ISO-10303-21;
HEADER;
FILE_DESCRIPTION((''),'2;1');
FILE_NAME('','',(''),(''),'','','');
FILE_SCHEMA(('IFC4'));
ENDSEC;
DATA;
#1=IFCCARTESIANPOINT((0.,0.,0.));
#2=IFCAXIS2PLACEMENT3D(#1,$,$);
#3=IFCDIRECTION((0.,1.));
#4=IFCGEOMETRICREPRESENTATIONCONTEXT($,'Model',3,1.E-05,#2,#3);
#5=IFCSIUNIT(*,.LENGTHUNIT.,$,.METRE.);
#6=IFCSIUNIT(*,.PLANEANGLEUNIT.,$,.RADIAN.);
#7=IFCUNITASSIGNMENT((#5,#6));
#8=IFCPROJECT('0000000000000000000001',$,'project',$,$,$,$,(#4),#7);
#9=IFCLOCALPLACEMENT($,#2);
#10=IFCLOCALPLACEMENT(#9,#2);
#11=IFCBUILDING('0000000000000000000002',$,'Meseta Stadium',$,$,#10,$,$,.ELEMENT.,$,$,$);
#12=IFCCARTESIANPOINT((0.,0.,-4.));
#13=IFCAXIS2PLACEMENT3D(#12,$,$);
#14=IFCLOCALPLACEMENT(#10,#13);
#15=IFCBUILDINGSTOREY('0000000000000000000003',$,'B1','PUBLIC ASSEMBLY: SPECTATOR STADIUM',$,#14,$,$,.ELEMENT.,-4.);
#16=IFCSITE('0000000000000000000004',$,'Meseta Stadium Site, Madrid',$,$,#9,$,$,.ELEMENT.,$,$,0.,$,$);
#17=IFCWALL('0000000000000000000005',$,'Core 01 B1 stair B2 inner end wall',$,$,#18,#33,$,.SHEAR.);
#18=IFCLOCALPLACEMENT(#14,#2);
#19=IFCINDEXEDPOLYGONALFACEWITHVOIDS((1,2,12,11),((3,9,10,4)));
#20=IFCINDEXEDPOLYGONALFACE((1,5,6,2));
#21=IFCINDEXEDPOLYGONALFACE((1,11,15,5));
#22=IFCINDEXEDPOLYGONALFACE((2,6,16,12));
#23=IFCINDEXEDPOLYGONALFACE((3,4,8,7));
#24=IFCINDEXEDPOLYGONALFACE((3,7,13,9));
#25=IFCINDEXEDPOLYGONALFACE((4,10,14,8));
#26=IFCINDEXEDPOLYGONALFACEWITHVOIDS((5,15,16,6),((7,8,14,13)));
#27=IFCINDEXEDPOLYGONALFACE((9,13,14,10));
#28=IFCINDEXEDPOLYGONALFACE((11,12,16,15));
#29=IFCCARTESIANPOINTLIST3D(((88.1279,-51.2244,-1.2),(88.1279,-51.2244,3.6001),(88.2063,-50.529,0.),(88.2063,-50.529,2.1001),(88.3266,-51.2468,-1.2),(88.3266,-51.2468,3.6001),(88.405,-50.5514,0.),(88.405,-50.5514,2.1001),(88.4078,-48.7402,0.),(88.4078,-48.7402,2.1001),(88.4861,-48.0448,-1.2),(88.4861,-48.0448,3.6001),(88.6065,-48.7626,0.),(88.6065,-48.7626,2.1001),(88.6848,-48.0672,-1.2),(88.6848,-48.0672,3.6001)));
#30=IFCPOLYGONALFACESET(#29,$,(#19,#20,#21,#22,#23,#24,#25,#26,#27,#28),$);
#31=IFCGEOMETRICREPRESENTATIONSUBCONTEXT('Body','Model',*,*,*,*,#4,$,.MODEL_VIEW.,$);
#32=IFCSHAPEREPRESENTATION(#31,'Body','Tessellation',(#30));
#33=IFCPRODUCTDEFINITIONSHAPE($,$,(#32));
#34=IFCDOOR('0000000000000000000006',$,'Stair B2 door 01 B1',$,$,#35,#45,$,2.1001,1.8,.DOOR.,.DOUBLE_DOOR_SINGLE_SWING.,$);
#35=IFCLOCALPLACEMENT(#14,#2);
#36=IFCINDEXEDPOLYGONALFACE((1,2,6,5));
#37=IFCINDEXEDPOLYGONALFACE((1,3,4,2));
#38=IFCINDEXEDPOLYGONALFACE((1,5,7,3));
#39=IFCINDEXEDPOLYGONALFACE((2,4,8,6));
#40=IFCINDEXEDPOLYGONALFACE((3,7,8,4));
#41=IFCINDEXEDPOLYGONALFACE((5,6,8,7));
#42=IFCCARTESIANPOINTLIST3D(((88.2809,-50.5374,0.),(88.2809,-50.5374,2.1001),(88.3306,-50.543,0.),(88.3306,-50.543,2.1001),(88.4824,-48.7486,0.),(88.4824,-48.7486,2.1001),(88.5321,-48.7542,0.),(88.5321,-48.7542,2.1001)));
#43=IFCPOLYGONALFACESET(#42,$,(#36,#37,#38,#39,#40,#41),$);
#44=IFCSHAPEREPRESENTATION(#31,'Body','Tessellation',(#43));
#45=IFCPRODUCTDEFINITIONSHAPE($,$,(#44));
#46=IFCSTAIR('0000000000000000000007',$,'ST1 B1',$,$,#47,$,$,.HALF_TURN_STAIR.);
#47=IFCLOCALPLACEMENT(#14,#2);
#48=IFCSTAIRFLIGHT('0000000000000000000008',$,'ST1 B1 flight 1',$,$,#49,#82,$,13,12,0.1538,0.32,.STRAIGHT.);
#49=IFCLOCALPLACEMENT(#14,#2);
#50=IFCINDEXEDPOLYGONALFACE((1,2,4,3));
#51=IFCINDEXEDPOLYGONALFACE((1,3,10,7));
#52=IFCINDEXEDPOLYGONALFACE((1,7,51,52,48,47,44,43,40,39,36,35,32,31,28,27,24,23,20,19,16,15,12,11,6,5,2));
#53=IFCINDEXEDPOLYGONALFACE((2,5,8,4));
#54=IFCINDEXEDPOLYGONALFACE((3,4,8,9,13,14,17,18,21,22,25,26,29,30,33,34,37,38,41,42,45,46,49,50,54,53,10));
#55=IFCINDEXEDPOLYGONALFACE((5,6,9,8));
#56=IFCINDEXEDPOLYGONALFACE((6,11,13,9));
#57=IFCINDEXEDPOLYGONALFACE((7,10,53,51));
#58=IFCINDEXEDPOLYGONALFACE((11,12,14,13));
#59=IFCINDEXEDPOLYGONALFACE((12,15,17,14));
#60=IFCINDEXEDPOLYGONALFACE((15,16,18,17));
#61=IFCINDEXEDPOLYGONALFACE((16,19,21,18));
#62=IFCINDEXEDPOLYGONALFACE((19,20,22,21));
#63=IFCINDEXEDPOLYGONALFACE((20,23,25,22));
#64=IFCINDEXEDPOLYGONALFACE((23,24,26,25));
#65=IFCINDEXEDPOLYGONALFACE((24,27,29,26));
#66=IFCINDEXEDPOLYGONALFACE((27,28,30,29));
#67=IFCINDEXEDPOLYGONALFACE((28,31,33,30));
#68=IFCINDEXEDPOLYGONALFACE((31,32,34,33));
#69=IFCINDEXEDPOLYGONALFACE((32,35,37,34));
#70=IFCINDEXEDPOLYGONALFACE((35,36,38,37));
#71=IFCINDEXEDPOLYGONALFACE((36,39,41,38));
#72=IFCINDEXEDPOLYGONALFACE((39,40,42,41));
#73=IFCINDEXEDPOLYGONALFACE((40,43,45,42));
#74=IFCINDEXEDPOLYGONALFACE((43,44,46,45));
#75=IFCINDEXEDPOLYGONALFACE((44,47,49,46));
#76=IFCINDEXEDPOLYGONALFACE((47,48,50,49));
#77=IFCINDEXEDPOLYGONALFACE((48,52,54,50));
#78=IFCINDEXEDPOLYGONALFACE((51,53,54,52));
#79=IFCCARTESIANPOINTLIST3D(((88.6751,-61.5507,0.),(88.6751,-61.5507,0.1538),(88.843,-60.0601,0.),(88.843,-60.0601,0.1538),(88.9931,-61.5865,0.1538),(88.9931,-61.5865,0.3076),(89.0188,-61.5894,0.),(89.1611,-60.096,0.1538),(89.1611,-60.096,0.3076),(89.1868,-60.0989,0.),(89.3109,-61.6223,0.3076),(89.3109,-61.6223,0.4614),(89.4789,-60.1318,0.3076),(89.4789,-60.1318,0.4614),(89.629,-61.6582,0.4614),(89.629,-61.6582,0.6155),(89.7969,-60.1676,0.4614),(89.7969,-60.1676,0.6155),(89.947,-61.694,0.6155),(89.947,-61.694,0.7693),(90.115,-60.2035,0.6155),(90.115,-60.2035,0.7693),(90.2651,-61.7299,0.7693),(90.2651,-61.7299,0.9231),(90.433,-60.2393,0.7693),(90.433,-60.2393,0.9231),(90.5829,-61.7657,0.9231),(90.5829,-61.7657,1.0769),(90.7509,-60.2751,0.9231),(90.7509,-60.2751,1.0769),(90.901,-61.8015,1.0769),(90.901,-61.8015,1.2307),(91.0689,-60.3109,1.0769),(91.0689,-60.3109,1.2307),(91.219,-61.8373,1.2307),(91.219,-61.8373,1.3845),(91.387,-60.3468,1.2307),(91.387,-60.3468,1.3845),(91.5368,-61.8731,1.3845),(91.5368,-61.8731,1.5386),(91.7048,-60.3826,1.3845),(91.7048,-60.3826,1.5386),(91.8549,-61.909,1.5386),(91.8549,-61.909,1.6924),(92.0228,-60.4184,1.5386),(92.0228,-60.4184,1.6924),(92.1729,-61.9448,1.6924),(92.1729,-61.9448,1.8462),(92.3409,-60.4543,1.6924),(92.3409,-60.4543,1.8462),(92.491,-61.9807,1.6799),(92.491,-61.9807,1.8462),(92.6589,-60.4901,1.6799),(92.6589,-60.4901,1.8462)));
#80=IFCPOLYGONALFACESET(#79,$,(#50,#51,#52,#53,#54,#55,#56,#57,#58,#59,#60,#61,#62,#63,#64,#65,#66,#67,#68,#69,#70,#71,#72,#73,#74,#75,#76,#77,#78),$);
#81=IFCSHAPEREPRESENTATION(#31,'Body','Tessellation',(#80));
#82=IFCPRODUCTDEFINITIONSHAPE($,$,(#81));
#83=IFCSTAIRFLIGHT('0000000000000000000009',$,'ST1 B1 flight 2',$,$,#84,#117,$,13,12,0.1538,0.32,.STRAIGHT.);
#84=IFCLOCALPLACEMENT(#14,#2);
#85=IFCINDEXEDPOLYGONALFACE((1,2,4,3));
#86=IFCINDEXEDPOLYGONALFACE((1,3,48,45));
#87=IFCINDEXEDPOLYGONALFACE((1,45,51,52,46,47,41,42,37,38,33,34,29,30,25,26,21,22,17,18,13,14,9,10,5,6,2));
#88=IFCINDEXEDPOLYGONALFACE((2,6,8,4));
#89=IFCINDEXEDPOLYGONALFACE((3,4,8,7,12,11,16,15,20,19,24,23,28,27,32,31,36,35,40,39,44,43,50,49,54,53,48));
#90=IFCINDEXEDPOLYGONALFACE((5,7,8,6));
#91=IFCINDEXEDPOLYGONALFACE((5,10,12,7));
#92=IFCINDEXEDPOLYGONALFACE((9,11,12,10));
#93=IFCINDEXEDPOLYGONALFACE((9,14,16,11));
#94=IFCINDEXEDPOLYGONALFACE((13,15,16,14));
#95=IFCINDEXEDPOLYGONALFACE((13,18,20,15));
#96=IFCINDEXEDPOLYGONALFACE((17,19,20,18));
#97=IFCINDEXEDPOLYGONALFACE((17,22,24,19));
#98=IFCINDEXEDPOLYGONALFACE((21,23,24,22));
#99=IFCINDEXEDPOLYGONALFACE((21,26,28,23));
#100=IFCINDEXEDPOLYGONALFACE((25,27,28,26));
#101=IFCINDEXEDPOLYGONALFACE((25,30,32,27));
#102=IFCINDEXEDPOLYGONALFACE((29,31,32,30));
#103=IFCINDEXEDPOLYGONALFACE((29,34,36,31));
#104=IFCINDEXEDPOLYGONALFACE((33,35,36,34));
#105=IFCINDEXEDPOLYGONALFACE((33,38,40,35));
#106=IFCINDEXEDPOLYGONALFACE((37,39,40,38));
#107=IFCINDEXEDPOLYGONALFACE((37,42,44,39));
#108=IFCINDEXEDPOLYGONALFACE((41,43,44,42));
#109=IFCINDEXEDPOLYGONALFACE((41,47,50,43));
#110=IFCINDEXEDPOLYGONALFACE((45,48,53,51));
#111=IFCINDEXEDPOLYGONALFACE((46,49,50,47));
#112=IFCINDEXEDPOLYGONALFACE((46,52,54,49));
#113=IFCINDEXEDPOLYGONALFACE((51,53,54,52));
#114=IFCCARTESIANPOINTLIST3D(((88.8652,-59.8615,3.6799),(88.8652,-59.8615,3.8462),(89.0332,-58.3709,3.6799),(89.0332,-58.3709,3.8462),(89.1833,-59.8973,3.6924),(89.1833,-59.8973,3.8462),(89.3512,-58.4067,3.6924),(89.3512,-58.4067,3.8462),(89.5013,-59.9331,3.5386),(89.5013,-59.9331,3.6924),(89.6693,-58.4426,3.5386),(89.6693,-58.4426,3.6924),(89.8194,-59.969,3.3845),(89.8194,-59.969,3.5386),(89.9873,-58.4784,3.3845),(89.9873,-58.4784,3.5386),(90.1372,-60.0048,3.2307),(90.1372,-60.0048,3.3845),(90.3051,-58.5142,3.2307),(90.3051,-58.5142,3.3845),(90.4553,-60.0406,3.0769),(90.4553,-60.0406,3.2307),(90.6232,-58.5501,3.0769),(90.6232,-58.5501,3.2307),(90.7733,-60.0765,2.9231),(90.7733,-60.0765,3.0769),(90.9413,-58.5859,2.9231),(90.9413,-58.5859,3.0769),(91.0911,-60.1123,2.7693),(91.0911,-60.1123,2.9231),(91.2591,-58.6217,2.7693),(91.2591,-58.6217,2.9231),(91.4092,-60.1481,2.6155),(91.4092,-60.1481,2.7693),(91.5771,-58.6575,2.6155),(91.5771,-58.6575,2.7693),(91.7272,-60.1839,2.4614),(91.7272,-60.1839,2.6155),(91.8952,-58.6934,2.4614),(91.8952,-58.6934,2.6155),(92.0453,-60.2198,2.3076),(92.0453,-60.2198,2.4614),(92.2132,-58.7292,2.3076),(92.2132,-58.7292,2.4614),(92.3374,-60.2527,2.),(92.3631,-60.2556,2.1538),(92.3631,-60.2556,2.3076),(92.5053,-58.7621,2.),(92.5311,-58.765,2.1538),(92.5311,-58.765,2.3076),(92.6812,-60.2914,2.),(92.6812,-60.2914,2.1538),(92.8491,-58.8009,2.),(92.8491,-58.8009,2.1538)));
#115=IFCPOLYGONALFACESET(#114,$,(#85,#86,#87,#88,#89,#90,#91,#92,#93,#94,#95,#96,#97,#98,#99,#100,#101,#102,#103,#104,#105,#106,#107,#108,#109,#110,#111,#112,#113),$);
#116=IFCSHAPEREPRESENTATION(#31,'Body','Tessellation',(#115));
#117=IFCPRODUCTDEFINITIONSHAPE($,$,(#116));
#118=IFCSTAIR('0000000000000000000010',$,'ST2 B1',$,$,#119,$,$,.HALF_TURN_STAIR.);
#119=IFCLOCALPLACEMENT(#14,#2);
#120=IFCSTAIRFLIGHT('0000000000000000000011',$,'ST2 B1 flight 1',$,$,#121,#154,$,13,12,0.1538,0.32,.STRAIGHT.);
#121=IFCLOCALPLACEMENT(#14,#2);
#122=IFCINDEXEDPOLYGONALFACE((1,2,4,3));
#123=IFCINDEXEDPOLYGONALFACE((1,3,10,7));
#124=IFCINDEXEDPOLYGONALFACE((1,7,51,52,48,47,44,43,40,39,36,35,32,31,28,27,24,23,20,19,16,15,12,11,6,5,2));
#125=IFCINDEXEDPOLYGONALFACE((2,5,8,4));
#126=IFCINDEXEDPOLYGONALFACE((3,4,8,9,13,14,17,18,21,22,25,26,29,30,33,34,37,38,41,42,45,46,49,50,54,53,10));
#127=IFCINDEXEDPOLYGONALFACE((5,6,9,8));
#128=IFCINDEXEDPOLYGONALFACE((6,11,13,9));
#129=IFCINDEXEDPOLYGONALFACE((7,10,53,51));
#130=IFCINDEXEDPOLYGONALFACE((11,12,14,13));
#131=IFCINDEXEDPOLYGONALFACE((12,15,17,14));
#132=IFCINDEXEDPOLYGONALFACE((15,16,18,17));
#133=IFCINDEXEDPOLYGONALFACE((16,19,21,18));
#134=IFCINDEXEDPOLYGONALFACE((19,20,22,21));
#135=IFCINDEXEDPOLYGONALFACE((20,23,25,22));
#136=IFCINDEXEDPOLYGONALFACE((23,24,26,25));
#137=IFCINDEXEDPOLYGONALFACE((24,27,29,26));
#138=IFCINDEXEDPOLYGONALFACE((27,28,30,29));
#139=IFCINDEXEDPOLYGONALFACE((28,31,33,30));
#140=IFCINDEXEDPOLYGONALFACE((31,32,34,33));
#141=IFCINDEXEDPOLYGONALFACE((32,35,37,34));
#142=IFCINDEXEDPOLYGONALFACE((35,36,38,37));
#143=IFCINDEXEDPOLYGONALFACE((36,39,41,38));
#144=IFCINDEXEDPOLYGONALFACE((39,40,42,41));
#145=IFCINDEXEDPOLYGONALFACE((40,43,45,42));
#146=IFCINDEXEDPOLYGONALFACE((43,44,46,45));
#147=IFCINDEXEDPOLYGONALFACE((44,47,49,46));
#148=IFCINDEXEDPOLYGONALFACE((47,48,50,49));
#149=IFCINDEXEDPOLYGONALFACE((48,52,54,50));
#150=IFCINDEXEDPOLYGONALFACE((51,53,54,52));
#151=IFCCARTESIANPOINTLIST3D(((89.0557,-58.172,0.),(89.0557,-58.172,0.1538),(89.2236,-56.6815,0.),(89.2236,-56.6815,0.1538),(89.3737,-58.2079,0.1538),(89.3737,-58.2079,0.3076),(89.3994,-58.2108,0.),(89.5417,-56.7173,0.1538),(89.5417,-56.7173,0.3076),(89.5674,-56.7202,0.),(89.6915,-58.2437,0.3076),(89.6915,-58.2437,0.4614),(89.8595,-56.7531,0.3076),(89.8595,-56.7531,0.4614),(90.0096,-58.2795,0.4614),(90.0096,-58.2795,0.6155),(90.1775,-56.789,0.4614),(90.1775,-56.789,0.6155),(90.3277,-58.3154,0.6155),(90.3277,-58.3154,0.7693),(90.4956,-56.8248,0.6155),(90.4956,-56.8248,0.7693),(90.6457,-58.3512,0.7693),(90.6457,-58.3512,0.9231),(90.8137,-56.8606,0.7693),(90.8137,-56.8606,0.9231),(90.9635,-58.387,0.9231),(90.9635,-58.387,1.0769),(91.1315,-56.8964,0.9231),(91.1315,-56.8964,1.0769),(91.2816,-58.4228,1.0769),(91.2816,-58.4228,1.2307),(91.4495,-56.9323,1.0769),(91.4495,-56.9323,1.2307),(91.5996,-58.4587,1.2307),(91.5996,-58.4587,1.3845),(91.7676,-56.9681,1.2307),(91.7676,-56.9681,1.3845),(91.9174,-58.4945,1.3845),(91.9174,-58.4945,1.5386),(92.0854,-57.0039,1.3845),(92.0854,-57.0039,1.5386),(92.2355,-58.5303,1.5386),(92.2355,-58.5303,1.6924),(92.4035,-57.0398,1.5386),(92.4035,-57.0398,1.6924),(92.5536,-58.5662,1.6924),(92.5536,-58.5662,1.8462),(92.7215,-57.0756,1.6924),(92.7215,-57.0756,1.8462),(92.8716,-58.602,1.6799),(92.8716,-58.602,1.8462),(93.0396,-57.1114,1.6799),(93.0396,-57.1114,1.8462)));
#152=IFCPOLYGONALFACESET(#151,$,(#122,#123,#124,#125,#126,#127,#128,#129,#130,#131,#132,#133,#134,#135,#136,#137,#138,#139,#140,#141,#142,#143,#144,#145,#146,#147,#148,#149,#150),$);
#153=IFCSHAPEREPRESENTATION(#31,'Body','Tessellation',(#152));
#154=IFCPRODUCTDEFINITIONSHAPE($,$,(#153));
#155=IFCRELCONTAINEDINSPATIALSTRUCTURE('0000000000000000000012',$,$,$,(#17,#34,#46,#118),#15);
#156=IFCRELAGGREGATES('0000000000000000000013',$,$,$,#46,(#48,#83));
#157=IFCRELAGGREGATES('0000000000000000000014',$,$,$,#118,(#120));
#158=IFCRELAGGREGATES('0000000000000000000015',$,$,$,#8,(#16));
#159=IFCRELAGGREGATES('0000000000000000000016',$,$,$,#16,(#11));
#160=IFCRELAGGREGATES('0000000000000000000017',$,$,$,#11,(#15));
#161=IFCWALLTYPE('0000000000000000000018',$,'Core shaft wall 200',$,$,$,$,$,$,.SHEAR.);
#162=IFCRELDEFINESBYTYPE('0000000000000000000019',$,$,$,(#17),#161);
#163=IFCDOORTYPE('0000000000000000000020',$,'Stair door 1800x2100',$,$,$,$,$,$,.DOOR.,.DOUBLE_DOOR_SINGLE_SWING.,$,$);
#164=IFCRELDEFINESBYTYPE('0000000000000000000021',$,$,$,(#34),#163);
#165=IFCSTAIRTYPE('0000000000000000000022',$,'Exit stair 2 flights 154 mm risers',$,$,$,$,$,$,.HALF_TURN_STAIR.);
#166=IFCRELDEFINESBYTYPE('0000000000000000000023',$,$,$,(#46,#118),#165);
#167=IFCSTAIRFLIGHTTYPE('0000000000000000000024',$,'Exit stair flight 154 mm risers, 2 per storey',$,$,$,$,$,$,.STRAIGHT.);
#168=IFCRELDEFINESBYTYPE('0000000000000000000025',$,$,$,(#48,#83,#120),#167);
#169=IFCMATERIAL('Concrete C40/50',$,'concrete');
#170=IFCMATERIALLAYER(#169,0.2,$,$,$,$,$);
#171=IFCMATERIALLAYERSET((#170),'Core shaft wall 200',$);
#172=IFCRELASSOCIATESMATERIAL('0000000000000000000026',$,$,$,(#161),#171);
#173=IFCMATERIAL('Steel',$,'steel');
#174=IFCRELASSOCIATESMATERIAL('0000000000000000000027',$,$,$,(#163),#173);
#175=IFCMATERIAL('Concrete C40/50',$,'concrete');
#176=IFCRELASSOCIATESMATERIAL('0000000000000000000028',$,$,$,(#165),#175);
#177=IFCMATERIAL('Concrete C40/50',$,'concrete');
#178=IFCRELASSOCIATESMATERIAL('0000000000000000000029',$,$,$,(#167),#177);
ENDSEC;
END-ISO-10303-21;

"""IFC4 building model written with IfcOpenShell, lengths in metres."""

from ifc_helpers import new_model, si_unit, direction, frame, frame_2d, origin, place, context, subcontext, project, spatial, polyline, rectangle, outline, extrude, material, layer, layer_set, type_object, element, fill, aggregate, save


model = new_model("IFC4")

# Units and contexts
model_context = context("Model", 3, precision=1e-05, world=origin(), true_north=direction((0.0, 1.0)))
body_context = subcontext(model_context, "Body", "Model", "MODEL_VIEW")
ifc_project = project(units=[si_unit("LENGTHUNIT", "METRE"), si_unit("PLANEANGLEUNIT", "RADIAN")], contexts=[model_context])

# Site, building, storey
site_placement = place(None, origin())
site = spatial("IfcSite", under=ifc_project, at=site_placement, Name="Meseta Stadium Site, Madrid", CompositionType="ELEMENT", RefElevation=0.0)
building_placement = place(site_placement, origin())
building = spatial("IfcBuilding", under=site, at=building_placement, Name="Meseta Stadium", CompositionType="ELEMENT")
storey_placement = place(building_placement, frame((0.0, 0.0, -4.0)))
storey = spatial("IfcBuildingStorey", under=building, at=storey_placement, Name="B1", Description="PUBLIC ASSEMBLY: SPECTATOR STADIUM", CompositionType="ELEMENT", Elevation=-4.0)

# Wall, opening, door
ifc_material_1 = material(Name="Concrete C40/50", Category="concrete")
ifc_layer = layer(ifc_material_1, 0.2)
ifc_layer_set = layer_set([ifc_layer], Name="Core shaft wall 200")
wall_type = type_object("IfcWallType", Name="Core shaft wall 200", PredefinedType="SHEAR", material=ifc_layer_set)
wall_placement = place(storey_placement, frame((88.2273, -51.2356, -1.2), z_axis=(0.0, 0.0, 1.0), x_axis=(0.11193, 0.993716, 0.0)))
wall = element("IfcWall", 1, at=wall_placement, inside=storey, type_object=wall_type, Name="Core 01 B1 stair B2 inner end wall", PredefinedType="SHEAR", context=body_context, shape_type="SweptSolid", body=[
    extrude(rectangle(XDim=3.1997, YDim=0.2, at=frame_2d((1.5999, 0.0))), origin(), (0.0, 0.0, 1.0), 4.8),
])
opening_placement = place(wall_placement, frame((0.7, 0.0, 1.2)))
opening = element("IfcOpeningElement", 2, at=opening_placement, cuts=wall, PredefinedType="OPENING", context=body_context, shape_type="SweptSolid", body=[
    extrude(rectangle(XDim=1.8, YDim=2.1001, at=frame_2d((0.8999, 1.05))), frame((0.0, 0.1099, 0.0), z_axis=(0.0, -1.0, 0.0), x_axis=(1.0, 0.0, 0.0)), (0.0, 0.0, 1.0), 0.22),
])
ifc_material_2 = material(Name="Steel", Category="steel")
door_type = type_object("IfcDoorType", Name="Stair door 1800x2100", OperationType="DOUBLE_DOOR_SINGLE_SWING", PredefinedType="DOOR", material=ifc_material_2)
door_placement = place(opening_placement, origin())
door = element("IfcDoor", 3, at=door_placement, inside=storey, type_object=door_type, Name="Stair B2 door 01 B1", OperationType="DOUBLE_DOOR_SINGLE_SWING", OverallHeight=2.1001, OverallWidth=1.8, PredefinedType="DOOR", context=body_context, shape_type="SweptSolid", body=[
    extrude(rectangle(XDim=1.8, YDim=2.1001, at=frame_2d((0.8999, 1.05))), frame((0.0, 0.0249, 0.0), z_axis=(0.0, -1.0, 0.0), x_axis=(1.0, 0.0, 0.0)), (0.0, 0.0, 1.0), 0.05),
])
fill(opening, door)

# Stair, stair flights
ifc_material_3 = material(Name="Concrete C40/50", Category="concrete")
stair_type = type_object("IfcStairType", Name="Exit stair 2 flights 154 mm risers", PredefinedType="HALF_TURN_STAIR", material=ifc_material_3)
stair_1_placement = place(storey_placement, origin())
stair_1 = element("IfcStair", 4, at=stair_1_placement, inside=storey, type_object=stair_type, Name="ST1 B1", PredefinedType="HALF_TURN_STAIR")
ifc_material_4 = material(Name="Concrete C40/50", Category="concrete")
stair_flight_type = type_object("IfcStairFlightType", Name="Exit stair flight 154 mm risers, 2 per storey", PredefinedType="STRAIGHT", material=ifc_material_4)
stair_flight_1_placement = place(storey_placement, frame((88.759, -60.8054, 0.0), z_axis=(0.0, 0.0, 1.0), x_axis=(0.993712, -0.111964, 0.0)))
stair_flight_1 = element("IfcStairFlight", 5, at=stair_flight_1_placement, type_object=stair_flight_type, Name="ST1 B1 flight 1", NumberOfRisers=13, NumberOfTreads=12, PredefinedType="STRAIGHT", RiserHeight=0.1538, TreadLength=0.32, context=body_context, shape_type="SweptSolid", body=[
    extrude(outline(polyline([(0.0, 0.0), (0.0, 0.1538), (0.3201, 0.1538), (0.3201, 0.3076), (0.6399, 0.3076), (0.6399, 0.4614), (0.96, 0.4614), (0.96, 0.6155), (1.28, 0.6155), (1.28, 0.7693), (1.6001, 0.7693), (1.6001, 0.9231), (1.9199, 0.9231), (1.9199, 1.0769), (2.24, 1.0769), (2.24, 1.2307), (2.5601, 1.2307), (2.5601, 1.3845), (2.8799, 1.3845), (2.8799, 1.5386), (3.2, 1.5386), (3.2, 1.6924), (3.52, 1.6924), (3.52, 1.8462), (3.8401, 1.8462), (3.8401, 1.6799), (0.3459, 0.0), (0.0, 0.0)])), frame((0.0, 0.75, 0.0), z_axis=(0.0, -1.0, 0.0), x_axis=(1.0, 0.0, 0.0)), (0.0, 0.0, 1.0), 1.5),
])
stair_flight_2_placement = place(storey_placement, frame((92.7651, -59.5461, 2.0), z_axis=(0.0, 0.0, 1.0), x_axis=(-0.993712, 0.111964, 0.0)))
stair_flight_2 = element("IfcStairFlight", 6, at=stair_flight_2_placement, type_object=stair_flight_type, Name="ST1 B1 flight 2", NumberOfRisers=13, NumberOfTreads=12, PredefinedType="STRAIGHT", RiserHeight=0.1538, TreadLength=0.32, context=body_context, shape_type="SweptSolid", body=[
    extrude(outline(polyline([(0.0, 0.0), (0.0, 0.1538), (0.3201, 0.1538), (0.3201, 0.3076), (0.6399, 0.3076), (0.6399, 0.4614), (0.96, 0.4614), (0.96, 0.6155), (1.28, 0.6155), (1.28, 0.7693), (1.6001, 0.7693), (1.6001, 0.9231), (1.9199, 0.9231), (1.9199, 1.0769), (2.24, 1.0769), (2.24, 1.2307), (2.5601, 1.2307), (2.5601, 1.3845), (2.8799, 1.3845), (2.8799, 1.5386), (3.2, 1.5386), (3.2, 1.6924), (3.52, 1.6924), (3.52, 1.8462), (3.8401, 1.8462), (3.8401, 1.6799), (0.3459, 0.0), (0.0, 0.0)])), frame((0.0, 0.75, 0.0), z_axis=(0.0, -1.0, 0.0), x_axis=(1.0, 0.0, 0.0)), (0.0, 0.0, 1.0), 1.5),
])
aggregate(stair_1, [stair_flight_1, stair_flight_2])

# Stair, stair flight
stair_2_placement = place(storey_placement, origin())
stair_2 = element("IfcStair", 7, at=stair_2_placement, inside=storey, type_object=stair_type, Name="ST2 B1", PredefinedType="HALF_TURN_STAIR")
stair_flight_3_placement = place(storey_placement, frame((89.1396, -57.4268, 0.0), z_axis=(0.0, 0.0, 1.0), x_axis=(0.993712, -0.111964, 0.0)))
stair_flight_3 = element("IfcStairFlight", 8, at=stair_flight_3_placement, type_object=stair_flight_type, Name="ST2 B1 flight 1", NumberOfRisers=13, NumberOfTreads=12, PredefinedType="STRAIGHT", RiserHeight=0.1538, TreadLength=0.32, context=body_context, shape_type="SweptSolid", body=[
    extrude(outline(polyline([(0.0, 0.0), (0.0, 0.1538), (0.3201, 0.1538), (0.3201, 0.3076), (0.6399, 0.3076), (0.6399, 0.4614), (0.96, 0.4614), (0.96, 0.6155), (1.28, 0.6155), (1.28, 0.7693), (1.6001, 0.7693), (1.6001, 0.9231), (1.9199, 0.9231), (1.9199, 1.0769), (2.24, 1.0769), (2.24, 1.2307), (2.5601, 1.2307), (2.5601, 1.3845), (2.8799, 1.3845), (2.8799, 1.5386), (3.2, 1.5386), (3.2, 1.6924), (3.52, 1.6924), (3.52, 1.8462), (3.8401, 1.8462), (3.8401, 1.6799), (0.3459, 0.0), (0.0, 0.0)])), frame((0.0, 0.75, 0.0), z_axis=(0.0, -1.0, 0.0), x_axis=(1.0, 0.0, 0.0)), (0.0, 0.0, 1.0), 1.5),
])
aggregate(stair_2, [stair_flight_3])

save(model, "model.ifc")
